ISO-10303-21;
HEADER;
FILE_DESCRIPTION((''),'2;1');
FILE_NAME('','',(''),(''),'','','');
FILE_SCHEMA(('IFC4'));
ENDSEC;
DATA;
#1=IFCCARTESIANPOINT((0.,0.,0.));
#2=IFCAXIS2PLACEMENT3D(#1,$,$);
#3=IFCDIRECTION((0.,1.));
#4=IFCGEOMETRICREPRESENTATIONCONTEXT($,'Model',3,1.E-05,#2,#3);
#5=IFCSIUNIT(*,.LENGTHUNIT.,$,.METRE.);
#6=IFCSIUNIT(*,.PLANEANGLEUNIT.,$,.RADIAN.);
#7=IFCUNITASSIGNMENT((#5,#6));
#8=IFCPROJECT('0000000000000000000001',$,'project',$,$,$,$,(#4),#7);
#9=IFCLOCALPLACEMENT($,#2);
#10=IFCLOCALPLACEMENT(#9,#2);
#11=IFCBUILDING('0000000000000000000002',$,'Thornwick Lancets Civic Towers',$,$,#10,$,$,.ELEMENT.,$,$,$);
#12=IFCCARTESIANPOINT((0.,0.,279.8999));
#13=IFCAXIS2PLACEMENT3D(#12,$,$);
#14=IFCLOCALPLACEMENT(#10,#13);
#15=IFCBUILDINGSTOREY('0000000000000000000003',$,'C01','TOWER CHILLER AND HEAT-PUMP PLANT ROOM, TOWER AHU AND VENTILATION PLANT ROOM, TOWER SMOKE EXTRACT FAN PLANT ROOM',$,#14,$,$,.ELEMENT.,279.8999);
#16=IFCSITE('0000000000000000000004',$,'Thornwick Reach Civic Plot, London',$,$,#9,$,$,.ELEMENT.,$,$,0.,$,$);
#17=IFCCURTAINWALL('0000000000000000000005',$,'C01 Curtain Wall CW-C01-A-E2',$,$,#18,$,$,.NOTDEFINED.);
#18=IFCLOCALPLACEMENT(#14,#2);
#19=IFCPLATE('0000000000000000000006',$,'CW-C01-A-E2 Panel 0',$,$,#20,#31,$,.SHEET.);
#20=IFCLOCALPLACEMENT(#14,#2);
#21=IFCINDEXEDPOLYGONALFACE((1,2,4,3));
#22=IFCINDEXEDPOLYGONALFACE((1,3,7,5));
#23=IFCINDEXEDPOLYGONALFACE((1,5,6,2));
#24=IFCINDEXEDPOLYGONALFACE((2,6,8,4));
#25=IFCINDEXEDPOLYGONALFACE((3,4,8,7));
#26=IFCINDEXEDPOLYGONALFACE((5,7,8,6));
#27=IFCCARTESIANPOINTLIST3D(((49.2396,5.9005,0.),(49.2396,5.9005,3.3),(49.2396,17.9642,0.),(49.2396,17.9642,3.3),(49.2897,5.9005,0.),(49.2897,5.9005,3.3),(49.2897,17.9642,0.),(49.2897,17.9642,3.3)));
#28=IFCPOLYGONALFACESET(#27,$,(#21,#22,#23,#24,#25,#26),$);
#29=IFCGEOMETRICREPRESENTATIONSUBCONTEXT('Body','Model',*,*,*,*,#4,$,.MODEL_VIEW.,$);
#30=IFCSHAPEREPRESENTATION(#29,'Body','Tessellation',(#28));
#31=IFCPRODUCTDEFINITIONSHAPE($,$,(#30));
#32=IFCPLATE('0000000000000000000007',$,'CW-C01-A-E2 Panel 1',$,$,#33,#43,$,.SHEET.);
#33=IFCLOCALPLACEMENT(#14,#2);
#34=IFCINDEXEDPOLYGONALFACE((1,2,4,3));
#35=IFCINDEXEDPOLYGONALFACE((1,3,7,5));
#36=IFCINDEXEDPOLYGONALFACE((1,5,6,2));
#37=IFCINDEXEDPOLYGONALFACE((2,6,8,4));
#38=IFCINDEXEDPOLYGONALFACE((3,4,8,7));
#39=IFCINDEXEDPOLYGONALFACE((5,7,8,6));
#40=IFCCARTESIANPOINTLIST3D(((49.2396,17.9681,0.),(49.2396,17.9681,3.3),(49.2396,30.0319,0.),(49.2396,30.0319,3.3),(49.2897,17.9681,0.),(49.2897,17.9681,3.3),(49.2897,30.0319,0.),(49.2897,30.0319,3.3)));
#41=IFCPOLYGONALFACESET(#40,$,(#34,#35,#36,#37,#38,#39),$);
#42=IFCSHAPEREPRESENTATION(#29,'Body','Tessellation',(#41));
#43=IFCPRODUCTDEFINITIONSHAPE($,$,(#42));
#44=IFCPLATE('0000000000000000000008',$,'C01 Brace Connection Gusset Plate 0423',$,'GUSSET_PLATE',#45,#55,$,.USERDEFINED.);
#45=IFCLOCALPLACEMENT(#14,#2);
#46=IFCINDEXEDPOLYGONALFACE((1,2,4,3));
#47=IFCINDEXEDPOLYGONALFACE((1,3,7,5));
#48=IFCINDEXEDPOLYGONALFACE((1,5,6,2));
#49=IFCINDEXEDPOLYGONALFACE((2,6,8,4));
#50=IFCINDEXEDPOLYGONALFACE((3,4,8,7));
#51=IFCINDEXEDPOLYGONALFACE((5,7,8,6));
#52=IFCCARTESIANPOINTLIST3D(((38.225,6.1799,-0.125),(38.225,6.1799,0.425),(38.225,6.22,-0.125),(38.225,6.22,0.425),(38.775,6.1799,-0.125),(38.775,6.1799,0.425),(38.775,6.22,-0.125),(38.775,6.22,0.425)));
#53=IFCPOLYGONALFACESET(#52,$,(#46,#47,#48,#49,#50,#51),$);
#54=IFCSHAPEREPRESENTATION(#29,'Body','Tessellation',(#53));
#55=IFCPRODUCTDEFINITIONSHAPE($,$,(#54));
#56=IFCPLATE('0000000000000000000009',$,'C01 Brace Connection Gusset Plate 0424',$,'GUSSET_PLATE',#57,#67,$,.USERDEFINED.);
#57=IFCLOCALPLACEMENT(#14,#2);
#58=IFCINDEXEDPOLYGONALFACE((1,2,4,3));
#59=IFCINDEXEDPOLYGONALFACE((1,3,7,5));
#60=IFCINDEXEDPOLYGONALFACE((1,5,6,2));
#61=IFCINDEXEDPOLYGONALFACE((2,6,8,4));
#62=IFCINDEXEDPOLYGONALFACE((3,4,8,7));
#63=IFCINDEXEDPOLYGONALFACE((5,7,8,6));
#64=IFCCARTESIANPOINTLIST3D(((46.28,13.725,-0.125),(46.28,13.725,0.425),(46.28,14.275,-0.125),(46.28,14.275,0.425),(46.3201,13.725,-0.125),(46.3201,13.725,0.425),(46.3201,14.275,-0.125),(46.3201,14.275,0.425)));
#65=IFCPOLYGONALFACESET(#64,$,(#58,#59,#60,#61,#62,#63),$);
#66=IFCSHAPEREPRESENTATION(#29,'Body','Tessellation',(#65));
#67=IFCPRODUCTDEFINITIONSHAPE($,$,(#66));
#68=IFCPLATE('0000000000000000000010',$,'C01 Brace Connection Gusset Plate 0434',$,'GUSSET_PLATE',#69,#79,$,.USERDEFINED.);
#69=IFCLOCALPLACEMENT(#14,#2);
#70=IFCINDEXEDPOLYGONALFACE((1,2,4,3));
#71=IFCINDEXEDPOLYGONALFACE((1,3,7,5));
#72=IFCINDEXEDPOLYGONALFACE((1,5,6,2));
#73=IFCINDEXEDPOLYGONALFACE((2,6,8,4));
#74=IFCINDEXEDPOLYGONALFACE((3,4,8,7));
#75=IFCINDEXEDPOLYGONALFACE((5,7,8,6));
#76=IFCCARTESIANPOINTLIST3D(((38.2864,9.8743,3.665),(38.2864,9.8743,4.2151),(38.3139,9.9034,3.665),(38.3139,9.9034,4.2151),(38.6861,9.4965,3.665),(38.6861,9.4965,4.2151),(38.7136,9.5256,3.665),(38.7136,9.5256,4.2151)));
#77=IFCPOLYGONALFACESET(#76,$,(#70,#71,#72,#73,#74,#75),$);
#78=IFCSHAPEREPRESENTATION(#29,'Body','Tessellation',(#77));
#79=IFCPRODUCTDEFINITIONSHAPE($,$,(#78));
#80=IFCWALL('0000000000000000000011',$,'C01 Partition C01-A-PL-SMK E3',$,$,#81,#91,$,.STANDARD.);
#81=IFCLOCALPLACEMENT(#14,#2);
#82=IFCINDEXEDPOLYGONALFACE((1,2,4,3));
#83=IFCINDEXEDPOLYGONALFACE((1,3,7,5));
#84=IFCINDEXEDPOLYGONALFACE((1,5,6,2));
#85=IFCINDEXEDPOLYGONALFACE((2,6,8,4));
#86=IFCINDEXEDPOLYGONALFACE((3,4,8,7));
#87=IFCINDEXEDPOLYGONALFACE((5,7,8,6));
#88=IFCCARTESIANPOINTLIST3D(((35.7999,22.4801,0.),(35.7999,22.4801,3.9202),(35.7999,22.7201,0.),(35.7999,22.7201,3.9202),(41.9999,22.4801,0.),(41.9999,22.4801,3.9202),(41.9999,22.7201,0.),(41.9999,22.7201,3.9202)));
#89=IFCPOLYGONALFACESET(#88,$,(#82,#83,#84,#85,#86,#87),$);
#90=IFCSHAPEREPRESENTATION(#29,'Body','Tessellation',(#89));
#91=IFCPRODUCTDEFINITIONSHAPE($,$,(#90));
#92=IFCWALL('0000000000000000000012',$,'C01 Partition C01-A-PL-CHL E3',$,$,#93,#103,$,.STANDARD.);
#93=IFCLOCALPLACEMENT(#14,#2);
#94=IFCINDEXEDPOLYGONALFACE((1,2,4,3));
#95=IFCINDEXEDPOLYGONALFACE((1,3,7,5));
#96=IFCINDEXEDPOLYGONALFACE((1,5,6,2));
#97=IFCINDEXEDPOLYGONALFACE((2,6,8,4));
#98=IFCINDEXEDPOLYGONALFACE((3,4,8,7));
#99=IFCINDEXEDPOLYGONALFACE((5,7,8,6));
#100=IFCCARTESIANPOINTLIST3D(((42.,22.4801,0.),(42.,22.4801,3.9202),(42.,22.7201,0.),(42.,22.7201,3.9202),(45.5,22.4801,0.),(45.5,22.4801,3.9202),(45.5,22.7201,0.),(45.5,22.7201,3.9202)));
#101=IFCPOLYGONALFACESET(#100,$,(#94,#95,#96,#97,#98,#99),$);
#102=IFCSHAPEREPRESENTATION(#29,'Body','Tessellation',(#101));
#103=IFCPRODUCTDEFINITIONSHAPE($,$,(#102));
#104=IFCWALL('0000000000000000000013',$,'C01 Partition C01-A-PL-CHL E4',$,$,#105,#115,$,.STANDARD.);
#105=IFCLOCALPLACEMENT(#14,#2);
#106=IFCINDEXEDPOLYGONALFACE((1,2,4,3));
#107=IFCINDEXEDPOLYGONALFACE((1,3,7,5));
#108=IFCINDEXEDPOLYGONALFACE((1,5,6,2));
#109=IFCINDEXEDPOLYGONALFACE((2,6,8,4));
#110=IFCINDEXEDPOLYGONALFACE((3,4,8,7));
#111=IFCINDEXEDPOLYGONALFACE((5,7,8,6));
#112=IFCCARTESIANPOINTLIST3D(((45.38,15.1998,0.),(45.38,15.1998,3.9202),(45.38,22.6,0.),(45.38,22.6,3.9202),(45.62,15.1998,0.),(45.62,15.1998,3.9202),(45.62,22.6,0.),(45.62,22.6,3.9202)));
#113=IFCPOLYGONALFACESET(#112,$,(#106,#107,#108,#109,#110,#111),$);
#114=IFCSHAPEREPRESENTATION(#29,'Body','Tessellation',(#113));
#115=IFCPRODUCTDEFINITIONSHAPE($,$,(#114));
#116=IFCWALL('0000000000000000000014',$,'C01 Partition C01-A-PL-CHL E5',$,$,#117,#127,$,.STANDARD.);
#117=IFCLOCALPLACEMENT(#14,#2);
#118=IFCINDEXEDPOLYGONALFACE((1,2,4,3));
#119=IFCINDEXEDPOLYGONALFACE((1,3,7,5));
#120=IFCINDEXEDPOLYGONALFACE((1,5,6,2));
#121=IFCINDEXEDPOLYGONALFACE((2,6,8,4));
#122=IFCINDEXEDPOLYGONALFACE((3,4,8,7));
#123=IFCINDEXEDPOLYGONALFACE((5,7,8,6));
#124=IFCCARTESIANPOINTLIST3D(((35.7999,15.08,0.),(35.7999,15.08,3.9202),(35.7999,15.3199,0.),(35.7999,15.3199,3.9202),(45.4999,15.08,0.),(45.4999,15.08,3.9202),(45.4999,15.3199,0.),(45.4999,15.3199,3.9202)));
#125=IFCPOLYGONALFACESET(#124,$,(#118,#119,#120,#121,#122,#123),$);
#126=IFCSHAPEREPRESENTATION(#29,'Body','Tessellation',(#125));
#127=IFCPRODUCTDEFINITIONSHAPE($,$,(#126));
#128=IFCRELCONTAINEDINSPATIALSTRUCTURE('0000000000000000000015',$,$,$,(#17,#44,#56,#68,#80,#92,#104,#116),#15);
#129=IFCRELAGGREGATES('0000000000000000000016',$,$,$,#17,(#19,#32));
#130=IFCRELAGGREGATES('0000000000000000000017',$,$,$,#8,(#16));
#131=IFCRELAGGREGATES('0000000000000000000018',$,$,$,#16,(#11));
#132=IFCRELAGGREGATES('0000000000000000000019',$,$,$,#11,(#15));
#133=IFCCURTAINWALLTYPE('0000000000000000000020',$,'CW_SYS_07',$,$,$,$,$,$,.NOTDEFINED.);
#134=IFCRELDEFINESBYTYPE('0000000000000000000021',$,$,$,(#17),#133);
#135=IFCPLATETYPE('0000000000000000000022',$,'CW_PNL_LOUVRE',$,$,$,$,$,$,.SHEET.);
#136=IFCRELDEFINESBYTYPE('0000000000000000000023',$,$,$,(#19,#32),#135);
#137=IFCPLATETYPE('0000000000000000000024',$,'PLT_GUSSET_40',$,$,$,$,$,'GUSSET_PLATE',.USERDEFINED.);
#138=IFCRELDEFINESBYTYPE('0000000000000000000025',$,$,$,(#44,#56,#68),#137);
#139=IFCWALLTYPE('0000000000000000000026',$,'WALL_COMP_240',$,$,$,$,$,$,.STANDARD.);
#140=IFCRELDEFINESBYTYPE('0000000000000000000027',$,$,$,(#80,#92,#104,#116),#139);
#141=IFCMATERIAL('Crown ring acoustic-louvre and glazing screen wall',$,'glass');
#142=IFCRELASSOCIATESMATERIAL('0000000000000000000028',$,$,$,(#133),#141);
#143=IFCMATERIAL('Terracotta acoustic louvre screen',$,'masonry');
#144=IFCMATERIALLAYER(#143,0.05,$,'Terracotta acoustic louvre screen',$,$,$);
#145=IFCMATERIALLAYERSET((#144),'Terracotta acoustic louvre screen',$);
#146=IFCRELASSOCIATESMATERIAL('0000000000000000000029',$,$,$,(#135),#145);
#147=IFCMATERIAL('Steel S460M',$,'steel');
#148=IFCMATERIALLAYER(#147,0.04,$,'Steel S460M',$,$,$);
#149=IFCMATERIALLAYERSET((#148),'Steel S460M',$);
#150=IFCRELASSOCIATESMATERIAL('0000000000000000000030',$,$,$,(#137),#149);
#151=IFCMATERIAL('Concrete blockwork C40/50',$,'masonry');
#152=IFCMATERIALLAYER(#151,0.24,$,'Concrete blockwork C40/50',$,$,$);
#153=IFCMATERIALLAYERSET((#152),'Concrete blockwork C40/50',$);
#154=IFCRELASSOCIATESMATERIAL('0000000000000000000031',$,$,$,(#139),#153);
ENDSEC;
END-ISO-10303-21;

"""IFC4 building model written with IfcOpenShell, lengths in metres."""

from ifc_helpers import new_model, si_unit, direction, frame, frame_2d, origin, origin_2d, place, context, subcontext, project, spatial, rectangle, extrude, material, layer, layer_set, type_object, element, aggregate, save


model = new_model("IFC4")

# Units and contexts
model_context = context("Model", 3, precision=1e-05, world=origin(), true_north=direction((0.0, 1.0)))
body_context = subcontext(model_context, "Body", "Model", "MODEL_VIEW")
ifc_project = project(units=[si_unit("LENGTHUNIT", "METRE"), si_unit("PLANEANGLEUNIT", "RADIAN")], contexts=[model_context])

# Site, building, storey
site_placement = place(None, origin())
site = spatial("IfcSite", under=ifc_project, at=site_placement, Name="Thornwick Reach Civic Plot, London", CompositionType="ELEMENT", RefElevation=0.0)
building_placement = place(site_placement, origin())
building = spatial("IfcBuilding", under=site, at=building_placement, Name="Thornwick Lancets Civic Towers", CompositionType="ELEMENT")
storey_placement = place(building_placement, frame((0.0, 0.0, 279.8999)))
storey = spatial("IfcBuildingStorey", under=building, at=storey_placement, Name="C01", Description="TOWER CHILLER AND HEAT-PUMP PLANT ROOM, TOWER AHU AND VENTILATION PLANT ROOM, TOWER SMOKE EXTRACT FAN PLANT ROOM", CompositionType="ELEMENT", Elevation=279.8999)

# Shared definitions
ifc_material_1 = material(Name="Steel S460M", Category="steel")

# Shared definitions
ifc_material_2 = material(Name="Crown ring acoustic-louvre and glazing screen wall", Category="glass")
curtain_wall_type = type_object("IfcCurtainWallType", Name="CW_SYS_07", PredefinedType="NOTDEFINED", material=ifc_material_2)

# Curtain wall
curtain_wall_1_placement = place(storey_placement, origin())
curtain_wall_1 = element("IfcCurtainWall", 1, at=curtain_wall_1_placement, inside=storey, type_object=curtain_wall_type, Name="C01 Curtain Wall CW-C01-A-E2", PredefinedType="NOTDEFINED")

# Plates
ifc_material_3 = material(Name="Terracotta acoustic louvre screen", Category="masonry")
ifc_layer_1 = layer(ifc_material_3, 0.05, Name="Terracotta acoustic louvre screen")
ifc_layer_set_1 = layer_set([ifc_layer_1], Name="Terracotta acoustic louvre screen")
plate_type_1 = type_object("IfcPlateType", Name="CW_PNL_LOUVRE", PredefinedType="SHEET", material=ifc_layer_set_1)
plate_1_placement = place(storey_placement, frame((49.2646, 11.9324, 0.0), z_axis=(0.0, 0.0, 1.0), x_axis=(0.0, 1.0, 0.0)))
plate_1 = element("IfcPlate", 2, at=plate_1_placement, type_object=plate_type_1, Name="CW-C01-A-E2 Panel 0", PredefinedType="SHEET", context=body_context, shape_type="SweptSolid", body=[
    extrude(rectangle(XDim=12.0637, YDim=0.05, at=origin_2d()), origin(), (0.0, 0.0, 1.0), 3.3),
])
plate_2_placement = place(storey_placement, frame((49.2646, 24.0, 0.0), z_axis=(0.0, 0.0, 1.0), x_axis=(0.0, 1.0, 0.0)))
plate_2 = element("IfcPlate", 3, at=plate_2_placement, type_object=plate_type_1, Name="CW-C01-A-E2 Panel 1", PredefinedType="SHEET", context=body_context, shape_type="SweptSolid", body=[
    extrude(rectangle(XDim=12.0637, YDim=0.05, at=origin_2d()), origin(), (0.0, 0.0, 1.0), 3.3),
])
aggregate(curtain_wall_1, [plate_1, plate_2])

# Plates
ifc_layer_2 = layer(ifc_material_1, 0.04, Name="Steel S460M")
ifc_layer_set_2 = layer_set([ifc_layer_2], Name="Steel S460M")
plate_type_2 = type_object("IfcPlateType", Name="PLT_GUSSET_40", ElementType="GUSSET_PLATE", PredefinedType="USERDEFINED", material=ifc_layer_set_2)
for number, where, z_axis, x_axis, name in (
    (4, (38.5, 6.2, -0.125), (0.0, 0.0, 1.0), (-1.0, 0.0, 0.0), "C01 Brace Connection Gusset Plate 0423"),
    (5, (46.3, 14.0, -0.125), (0.0, 0.0, 1.0), (0.0, 1.0, 0.0), "C01 Brace Connection Gusset Plate 0424"),
    (6, (38.5, 9.7, 3.665), (0.0, 0.0, 1.0), (0.726814, -0.686834, 0.0), "C01 Brace Connection Gusset Plate 0434"),
):
    element("IfcPlate", number, at=place(storey_placement, frame(where, z_axis=z_axis, x_axis=x_axis)), inside=storey, type_object=plate_type_2, Name=name, ObjectType="GUSSET_PLATE", PredefinedType="USERDEFINED", context=body_context, shape_type="SweptSolid", body=[
        extrude(rectangle(XDim=0.55, YDim=0.04, at=origin_2d()), origin(), (0.0, 0.0, 1.0), 0.55),
    ])

# Walls
ifc_material_4 = material(Name="Concrete blockwork C40/50", Category="masonry")
ifc_layer_3 = layer(ifc_material_4, 0.24, Name="Concrete blockwork C40/50")
ifc_layer_set_3 = layer_set([ifc_layer_3], Name="Concrete blockwork C40/50")
wall_type = type_object("IfcWallType", Name="WALL_COMP_240", PredefinedType="STANDARD", material=ifc_layer_set_3)
wall_1_placement = place(storey_placement, frame((42.0, 22.6001, 0.0), z_axis=(0.0, 0.0, 1.0), x_axis=(-1.0, 0.0, 0.0)))
element("IfcWall", 7, at=wall_1_placement, inside=storey, type_object=wall_type, Name="C01 Partition C01-A-PL-SMK E3", PredefinedType="STANDARD", context=body_context, shape_type="SweptSolid", body=[
    extrude(rectangle(XDim=6.2, YDim=0.24, at=frame_2d((3.1001, 0.0))), origin(), (0.0, 0.0, 1.0), 3.9202),
])
wall_2_placement = place(storey_placement, frame((42.0, 22.6001, 0.0), z_axis=(0.0, 0.0, 1.0), x_axis=(1.0, 0.0, 0.0)))
element("IfcWall", 8, at=wall_2_placement, inside=storey, type_object=wall_type, Name="C01 Partition C01-A-PL-CHL E3", PredefinedType="STANDARD", context=body_context, shape_type="SweptSolid", body=[
    extrude(rectangle(XDim=3.5, YDim=0.24, at=frame_2d((1.75, 0.0))), origin(), (0.0, 0.0, 1.0), 3.9202),
])
wall_3_placement = place(storey_placement, frame((45.5, 22.6001, 0.0), z_axis=(0.0, 0.0, 1.0), x_axis=(0.0, -1.0, 0.0)))
element("IfcWall", 9, at=wall_3_placement, inside=storey, type_object=wall_type, Name="C01 Partition C01-A-PL-CHL E4", PredefinedType="STANDARD", context=body_context, shape_type="SweptSolid", body=[
    extrude(rectangle(XDim=7.4001, YDim=0.24, at=frame_2d((3.7002, 0.0))), origin(), (0.0, 0.0, 1.0), 3.9202),
])
wall_4_placement = place(storey_placement, frame((45.5, 15.2, 0.0), z_axis=(0.0, 0.0, 1.0), x_axis=(-1.0, 0.0, 0.0)))
element("IfcWall", 10, at=wall_4_placement, inside=storey, type_object=wall_type, Name="C01 Partition C01-A-PL-CHL E5", PredefinedType="STANDARD", context=body_context, shape_type="SweptSolid", body=[
    extrude(rectangle(XDim=9.7, YDim=0.24, at=frame_2d((4.8501, 0.0))), origin(), (0.0, 0.0, 1.0), 3.9202),
])

save(model, "model.ifc")
